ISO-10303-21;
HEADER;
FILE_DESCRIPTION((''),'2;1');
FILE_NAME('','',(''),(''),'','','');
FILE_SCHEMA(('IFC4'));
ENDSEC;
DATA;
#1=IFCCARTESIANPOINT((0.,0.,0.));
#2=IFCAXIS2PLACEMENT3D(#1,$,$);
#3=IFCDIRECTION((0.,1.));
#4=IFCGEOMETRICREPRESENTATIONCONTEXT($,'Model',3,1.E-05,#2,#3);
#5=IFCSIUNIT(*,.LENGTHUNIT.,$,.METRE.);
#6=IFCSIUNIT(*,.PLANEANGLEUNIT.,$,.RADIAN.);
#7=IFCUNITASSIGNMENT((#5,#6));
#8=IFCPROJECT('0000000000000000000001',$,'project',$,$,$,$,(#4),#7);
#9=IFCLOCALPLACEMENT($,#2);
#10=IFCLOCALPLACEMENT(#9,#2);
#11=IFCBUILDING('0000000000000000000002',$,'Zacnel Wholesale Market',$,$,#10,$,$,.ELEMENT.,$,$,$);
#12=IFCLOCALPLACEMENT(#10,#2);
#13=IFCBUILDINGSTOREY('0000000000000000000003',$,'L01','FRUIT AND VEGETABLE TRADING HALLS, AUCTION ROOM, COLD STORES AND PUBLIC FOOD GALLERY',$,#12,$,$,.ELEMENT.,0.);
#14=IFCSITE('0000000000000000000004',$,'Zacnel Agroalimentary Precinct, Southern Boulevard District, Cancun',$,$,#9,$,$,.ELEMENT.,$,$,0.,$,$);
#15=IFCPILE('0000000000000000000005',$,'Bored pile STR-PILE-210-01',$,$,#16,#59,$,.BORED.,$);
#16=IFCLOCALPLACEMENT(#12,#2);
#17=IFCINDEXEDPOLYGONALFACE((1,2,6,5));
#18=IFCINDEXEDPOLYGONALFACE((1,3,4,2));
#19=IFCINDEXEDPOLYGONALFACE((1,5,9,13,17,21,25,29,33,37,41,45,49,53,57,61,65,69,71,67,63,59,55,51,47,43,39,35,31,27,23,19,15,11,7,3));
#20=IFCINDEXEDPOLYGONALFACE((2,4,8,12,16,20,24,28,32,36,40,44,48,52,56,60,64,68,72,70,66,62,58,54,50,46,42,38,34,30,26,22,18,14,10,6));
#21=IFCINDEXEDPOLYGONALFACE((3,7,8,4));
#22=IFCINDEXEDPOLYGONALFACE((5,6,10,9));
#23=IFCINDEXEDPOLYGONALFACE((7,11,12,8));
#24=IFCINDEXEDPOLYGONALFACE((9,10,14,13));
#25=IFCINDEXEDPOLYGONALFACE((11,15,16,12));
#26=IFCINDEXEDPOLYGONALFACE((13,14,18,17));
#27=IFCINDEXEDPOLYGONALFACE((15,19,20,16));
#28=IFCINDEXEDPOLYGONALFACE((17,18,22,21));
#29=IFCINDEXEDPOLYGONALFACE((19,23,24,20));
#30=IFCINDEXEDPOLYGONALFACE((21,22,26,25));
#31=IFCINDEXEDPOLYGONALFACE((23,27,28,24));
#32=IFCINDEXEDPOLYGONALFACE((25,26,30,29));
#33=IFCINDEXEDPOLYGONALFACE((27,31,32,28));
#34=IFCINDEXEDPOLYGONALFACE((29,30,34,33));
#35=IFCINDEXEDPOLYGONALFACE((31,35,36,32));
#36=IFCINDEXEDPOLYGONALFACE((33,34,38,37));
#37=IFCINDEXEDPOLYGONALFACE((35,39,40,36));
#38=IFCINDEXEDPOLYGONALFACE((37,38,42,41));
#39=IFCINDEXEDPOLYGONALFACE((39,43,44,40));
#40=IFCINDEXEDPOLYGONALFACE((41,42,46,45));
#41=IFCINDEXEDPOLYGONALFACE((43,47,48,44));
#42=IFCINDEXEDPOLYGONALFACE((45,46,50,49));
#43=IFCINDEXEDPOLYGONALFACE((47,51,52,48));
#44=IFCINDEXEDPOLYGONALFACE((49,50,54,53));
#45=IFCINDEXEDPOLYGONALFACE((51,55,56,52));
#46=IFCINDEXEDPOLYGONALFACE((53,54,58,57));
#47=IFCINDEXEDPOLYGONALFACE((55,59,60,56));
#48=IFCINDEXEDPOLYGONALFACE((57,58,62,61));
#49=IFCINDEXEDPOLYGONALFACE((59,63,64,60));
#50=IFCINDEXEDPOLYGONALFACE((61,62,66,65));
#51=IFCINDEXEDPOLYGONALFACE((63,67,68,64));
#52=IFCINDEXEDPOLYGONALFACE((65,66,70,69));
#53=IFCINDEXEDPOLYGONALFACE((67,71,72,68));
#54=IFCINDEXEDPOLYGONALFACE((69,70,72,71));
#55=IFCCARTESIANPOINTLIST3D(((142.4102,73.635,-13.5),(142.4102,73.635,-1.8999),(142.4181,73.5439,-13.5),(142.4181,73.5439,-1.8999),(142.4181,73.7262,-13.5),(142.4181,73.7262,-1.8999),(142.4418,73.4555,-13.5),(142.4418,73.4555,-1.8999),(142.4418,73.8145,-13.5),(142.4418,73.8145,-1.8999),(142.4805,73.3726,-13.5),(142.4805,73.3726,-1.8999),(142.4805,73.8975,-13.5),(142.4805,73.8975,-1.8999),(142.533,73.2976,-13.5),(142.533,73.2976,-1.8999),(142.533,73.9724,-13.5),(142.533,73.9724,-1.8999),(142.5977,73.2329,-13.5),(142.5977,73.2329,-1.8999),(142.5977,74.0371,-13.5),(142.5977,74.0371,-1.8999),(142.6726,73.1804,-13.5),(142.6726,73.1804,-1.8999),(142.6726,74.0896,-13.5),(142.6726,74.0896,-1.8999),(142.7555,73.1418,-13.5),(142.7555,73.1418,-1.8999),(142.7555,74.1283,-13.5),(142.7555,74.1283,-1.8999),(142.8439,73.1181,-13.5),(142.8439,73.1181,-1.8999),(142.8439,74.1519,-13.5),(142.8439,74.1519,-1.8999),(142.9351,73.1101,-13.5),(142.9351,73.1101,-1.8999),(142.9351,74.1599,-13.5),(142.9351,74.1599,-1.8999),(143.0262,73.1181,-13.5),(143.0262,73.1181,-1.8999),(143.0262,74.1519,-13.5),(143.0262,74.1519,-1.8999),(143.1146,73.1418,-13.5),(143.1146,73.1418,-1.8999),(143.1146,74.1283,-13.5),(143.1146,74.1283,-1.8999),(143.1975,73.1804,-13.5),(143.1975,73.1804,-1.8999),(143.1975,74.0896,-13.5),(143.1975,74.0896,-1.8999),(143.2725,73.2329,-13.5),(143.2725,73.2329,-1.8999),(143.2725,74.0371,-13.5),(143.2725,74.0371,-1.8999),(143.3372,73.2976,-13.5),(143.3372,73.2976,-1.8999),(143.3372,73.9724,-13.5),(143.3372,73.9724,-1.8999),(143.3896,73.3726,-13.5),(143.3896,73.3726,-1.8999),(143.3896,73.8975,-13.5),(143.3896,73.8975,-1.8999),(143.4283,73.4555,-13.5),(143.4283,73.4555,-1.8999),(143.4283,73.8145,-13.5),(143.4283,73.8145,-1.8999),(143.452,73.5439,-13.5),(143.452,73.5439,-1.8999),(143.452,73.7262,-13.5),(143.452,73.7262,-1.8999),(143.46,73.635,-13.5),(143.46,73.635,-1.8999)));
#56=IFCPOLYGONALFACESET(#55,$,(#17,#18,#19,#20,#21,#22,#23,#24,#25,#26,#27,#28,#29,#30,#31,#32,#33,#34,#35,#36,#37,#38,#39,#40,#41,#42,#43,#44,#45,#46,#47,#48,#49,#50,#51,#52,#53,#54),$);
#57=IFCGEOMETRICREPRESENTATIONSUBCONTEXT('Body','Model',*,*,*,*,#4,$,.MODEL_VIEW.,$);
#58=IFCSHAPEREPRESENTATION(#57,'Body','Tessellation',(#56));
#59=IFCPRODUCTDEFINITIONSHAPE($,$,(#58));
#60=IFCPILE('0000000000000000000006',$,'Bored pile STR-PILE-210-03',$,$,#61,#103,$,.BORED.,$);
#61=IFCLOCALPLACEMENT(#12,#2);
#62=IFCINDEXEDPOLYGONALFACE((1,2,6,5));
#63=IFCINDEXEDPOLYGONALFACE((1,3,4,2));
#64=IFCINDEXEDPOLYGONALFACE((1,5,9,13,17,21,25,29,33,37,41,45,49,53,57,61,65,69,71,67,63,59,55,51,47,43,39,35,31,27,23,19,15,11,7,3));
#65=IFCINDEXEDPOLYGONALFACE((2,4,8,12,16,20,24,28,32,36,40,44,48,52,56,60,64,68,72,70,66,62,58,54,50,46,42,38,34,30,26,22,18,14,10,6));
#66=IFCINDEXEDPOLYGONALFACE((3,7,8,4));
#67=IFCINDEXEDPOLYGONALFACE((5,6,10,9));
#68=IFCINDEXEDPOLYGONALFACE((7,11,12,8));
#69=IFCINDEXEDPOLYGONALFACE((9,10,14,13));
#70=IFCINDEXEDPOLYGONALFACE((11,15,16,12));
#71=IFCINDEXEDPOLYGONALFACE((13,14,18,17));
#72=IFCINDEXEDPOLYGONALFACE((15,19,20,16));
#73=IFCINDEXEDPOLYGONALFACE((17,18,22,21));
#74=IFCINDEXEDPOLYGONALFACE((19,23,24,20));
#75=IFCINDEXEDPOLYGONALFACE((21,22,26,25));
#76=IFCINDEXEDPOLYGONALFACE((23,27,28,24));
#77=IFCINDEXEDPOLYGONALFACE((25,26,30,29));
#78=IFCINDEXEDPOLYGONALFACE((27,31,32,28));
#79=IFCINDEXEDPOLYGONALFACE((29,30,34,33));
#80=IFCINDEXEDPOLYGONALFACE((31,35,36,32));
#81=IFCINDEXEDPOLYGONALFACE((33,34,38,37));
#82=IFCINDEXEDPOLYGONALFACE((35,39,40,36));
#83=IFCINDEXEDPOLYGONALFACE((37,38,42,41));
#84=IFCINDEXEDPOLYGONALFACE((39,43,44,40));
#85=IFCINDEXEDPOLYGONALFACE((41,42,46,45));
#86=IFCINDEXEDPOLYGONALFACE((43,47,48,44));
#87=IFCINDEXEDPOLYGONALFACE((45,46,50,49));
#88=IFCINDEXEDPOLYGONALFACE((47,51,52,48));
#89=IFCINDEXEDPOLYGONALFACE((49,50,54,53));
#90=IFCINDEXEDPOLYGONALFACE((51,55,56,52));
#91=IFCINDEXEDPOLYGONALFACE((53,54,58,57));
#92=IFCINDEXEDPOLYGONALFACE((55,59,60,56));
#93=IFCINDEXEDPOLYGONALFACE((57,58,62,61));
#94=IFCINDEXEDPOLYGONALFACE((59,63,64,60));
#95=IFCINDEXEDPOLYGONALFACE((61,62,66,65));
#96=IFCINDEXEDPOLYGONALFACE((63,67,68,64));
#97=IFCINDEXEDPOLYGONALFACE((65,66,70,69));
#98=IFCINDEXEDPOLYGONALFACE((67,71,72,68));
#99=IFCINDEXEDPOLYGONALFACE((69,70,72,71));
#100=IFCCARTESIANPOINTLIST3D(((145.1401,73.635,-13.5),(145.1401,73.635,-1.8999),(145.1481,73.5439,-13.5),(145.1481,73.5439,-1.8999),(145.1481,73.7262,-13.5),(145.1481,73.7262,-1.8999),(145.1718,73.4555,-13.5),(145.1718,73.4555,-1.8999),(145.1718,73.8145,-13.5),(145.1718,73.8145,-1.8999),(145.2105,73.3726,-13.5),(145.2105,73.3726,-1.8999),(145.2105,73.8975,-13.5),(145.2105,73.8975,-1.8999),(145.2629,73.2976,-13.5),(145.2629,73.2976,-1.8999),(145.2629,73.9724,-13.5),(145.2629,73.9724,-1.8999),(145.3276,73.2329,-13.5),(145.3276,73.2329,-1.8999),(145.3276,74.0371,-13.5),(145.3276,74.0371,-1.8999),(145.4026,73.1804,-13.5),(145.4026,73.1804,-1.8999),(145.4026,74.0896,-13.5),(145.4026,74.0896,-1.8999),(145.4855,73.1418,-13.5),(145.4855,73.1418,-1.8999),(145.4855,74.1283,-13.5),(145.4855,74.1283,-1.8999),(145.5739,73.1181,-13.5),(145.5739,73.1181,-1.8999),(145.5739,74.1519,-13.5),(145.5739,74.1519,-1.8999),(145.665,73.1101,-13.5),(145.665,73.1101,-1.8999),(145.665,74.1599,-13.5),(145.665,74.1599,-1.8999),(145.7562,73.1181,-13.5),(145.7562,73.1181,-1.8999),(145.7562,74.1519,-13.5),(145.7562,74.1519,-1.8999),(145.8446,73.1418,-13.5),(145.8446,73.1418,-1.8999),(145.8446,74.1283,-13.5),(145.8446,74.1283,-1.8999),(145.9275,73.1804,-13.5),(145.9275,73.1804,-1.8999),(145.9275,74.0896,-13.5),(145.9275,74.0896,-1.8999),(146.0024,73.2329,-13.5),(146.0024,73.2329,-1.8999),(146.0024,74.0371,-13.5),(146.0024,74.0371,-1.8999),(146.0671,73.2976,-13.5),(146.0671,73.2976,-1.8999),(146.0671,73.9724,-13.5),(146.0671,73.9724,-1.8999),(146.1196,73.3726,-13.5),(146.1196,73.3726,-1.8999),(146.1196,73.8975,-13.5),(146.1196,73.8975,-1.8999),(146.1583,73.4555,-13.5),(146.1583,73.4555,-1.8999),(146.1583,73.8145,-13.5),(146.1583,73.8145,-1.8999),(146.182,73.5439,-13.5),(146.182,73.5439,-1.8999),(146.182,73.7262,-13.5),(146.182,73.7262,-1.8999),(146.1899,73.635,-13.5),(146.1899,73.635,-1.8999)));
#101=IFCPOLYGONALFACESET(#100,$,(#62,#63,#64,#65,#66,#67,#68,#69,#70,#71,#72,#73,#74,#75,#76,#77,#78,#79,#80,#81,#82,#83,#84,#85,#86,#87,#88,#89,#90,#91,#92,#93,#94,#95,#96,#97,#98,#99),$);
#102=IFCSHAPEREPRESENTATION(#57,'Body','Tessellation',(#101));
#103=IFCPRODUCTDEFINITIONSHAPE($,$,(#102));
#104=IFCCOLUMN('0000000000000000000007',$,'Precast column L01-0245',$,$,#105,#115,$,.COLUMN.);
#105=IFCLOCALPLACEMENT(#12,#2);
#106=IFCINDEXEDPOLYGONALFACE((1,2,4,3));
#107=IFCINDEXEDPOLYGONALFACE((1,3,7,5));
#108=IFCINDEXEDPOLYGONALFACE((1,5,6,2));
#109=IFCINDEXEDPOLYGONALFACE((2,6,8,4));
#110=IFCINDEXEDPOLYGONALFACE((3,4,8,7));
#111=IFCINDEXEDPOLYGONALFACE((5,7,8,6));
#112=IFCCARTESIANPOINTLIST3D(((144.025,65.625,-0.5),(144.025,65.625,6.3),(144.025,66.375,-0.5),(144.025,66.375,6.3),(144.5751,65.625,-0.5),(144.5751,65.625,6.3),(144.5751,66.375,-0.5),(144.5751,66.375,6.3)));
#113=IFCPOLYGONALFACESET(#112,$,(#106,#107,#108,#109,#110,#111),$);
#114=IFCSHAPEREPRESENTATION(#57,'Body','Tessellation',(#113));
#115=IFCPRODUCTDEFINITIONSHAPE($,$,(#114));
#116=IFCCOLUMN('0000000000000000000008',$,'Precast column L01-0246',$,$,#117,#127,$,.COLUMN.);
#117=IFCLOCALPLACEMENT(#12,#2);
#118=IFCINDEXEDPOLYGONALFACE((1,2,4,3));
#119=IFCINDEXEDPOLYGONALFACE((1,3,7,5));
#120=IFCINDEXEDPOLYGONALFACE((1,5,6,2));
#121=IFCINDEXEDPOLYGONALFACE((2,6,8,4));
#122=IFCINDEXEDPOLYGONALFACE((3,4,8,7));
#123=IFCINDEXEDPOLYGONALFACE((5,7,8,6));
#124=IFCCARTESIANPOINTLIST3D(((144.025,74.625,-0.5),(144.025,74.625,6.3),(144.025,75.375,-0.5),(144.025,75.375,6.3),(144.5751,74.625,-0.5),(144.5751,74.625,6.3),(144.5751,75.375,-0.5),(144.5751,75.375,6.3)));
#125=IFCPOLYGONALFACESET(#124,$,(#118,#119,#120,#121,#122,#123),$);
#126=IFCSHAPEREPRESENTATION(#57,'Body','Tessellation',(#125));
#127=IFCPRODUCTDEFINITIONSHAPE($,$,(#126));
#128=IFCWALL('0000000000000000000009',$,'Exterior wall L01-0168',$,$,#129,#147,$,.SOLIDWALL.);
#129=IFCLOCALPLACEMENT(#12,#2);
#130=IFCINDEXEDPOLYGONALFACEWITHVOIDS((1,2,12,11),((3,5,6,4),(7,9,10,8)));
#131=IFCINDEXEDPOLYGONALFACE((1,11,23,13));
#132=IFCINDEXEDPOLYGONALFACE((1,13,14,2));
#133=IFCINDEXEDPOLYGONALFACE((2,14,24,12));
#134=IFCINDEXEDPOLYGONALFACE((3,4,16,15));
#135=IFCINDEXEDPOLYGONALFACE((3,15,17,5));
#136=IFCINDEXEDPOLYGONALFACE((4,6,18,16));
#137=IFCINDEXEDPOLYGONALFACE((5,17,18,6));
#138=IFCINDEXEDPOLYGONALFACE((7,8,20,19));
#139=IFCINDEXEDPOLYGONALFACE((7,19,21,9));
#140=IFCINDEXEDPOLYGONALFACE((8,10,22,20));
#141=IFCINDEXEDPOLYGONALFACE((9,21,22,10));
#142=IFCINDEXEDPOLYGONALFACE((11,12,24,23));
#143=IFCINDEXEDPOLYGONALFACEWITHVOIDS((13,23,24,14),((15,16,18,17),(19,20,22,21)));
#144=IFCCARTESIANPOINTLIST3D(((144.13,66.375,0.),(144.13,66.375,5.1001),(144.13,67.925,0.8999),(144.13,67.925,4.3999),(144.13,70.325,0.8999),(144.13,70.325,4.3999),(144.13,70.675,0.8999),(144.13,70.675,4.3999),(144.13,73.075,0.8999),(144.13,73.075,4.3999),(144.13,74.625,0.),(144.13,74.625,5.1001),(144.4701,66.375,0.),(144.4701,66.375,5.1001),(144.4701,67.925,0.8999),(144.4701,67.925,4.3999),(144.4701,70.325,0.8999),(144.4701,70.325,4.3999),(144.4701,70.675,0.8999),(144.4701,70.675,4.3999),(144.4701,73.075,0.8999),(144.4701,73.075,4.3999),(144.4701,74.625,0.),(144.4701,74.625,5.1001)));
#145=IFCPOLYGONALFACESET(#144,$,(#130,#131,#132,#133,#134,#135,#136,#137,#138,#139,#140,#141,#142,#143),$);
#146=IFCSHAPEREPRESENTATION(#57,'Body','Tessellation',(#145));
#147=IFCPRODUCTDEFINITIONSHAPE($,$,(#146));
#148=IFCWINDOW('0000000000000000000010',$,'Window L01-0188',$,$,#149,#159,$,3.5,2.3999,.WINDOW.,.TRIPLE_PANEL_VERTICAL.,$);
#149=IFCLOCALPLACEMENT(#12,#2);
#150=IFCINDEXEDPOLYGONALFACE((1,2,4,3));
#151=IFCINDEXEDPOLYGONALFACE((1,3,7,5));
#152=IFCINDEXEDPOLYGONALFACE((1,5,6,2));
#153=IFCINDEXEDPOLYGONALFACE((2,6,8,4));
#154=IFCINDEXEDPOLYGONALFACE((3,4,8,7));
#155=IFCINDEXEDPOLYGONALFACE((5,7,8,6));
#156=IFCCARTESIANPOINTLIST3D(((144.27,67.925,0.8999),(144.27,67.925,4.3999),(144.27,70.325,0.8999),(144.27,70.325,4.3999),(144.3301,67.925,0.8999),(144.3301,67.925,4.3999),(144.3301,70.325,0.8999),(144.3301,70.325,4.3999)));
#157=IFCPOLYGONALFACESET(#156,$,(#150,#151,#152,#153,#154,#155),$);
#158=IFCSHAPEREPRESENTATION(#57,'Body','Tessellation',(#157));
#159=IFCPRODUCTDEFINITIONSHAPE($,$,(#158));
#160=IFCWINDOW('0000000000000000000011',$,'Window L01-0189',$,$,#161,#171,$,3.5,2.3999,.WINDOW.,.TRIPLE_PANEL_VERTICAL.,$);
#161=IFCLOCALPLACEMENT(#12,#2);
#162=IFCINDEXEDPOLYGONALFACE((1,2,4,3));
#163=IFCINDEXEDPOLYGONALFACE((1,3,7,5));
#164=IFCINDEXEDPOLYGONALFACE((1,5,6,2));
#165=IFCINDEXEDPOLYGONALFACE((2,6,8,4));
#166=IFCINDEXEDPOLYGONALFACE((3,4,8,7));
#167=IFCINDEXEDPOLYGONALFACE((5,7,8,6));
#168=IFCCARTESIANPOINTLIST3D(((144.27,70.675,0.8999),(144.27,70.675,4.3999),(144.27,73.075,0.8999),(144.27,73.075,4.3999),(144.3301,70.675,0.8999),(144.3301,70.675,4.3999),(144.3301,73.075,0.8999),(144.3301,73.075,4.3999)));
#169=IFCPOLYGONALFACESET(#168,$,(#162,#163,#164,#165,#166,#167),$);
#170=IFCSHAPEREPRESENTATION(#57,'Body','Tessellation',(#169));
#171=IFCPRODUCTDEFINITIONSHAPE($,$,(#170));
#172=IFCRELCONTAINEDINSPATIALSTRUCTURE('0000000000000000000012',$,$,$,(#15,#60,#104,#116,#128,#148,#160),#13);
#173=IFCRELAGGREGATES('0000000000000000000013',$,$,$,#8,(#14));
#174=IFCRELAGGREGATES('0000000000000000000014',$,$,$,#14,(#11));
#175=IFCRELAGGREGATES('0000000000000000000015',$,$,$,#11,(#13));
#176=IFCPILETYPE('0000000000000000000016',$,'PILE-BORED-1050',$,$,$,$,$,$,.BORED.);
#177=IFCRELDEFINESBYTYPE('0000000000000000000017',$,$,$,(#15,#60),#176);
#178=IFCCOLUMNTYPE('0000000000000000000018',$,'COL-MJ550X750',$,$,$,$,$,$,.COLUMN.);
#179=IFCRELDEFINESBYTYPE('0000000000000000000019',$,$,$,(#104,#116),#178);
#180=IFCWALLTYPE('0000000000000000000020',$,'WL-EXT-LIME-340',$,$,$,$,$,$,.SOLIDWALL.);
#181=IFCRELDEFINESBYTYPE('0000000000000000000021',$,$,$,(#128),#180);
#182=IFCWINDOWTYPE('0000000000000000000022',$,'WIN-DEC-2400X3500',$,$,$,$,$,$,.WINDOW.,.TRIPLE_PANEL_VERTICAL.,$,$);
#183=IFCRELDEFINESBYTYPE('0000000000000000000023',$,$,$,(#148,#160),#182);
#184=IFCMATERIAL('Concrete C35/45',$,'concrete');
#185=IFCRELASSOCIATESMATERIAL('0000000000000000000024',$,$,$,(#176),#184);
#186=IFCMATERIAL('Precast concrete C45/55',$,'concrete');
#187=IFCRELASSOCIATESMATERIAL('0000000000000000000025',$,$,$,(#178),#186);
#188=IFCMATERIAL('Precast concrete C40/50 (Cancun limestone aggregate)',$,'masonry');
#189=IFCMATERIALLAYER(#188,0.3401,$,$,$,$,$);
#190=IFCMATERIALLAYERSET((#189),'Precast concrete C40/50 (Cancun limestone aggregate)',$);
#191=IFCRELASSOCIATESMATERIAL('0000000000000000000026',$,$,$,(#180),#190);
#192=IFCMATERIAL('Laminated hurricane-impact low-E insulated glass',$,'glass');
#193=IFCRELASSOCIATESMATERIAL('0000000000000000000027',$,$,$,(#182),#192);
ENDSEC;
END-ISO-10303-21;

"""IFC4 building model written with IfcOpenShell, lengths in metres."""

from ifc_helpers import new_model, si_unit, direction, frame, frame_2d, origin, origin_2d, place, context, subcontext, project, spatial, rectangle, circle, extrude, material, layer, layer_set, material_profile, profile_set, type_object, element, fill, save


model = new_model("IFC4")

# Units and contexts
model_context = context("Model", 3, precision=1e-05, world=origin(), true_north=direction((0.0, 1.0)))
body_context = subcontext(model_context, "Body", "Model", "MODEL_VIEW")
ifc_project = project(units=[si_unit("LENGTHUNIT", "METRE"), si_unit("PLANEANGLEUNIT", "RADIAN")], contexts=[model_context])

# Site, building, storey
site_placement = place(None, origin())
site = spatial("IfcSite", under=ifc_project, at=site_placement, Name="Zacnel Agroalimentary Precinct, Southern Boulevard District, Cancun", CompositionType="ELEMENT", RefElevation=0.0)
building_placement = place(site_placement, origin())
building = spatial("IfcBuilding", under=site, at=building_placement, Name="Zacnel Wholesale Market", CompositionType="ELEMENT")
storey_placement = place(building_placement, origin())
storey = spatial("IfcBuildingStorey", under=building, at=storey_placement, Name="L01", Description="FRUIT AND VEGETABLE TRADING HALLS, AUCTION ROOM, COLD STORES AND PUBLIC FOOD GALLERY", CompositionType="ELEMENT", Elevation=0.0)

# Piles
ifc_material_1 = material(Name="Concrete C35/45", Category="concrete")
ifc_material_profile_1 = material_profile(ifc_material_1, circle(Radius=0.5249, at=origin_2d()), Name="BORED PILE D1050")
ifc_profile_set_1 = profile_set([ifc_material_profile_1], Name="Concrete C35/45")
pile_type = type_object("IfcPileType", Name="PILE-BORED-1050", PredefinedType="BORED", material=ifc_profile_set_1)
for number, where, z_axis, x_axis, name in (
    (1, (142.9351, 73.635, -1.8999), (0.0, 0.0, -1.0), (1.0, 0.0, 0.0), "Bored pile STR-PILE-210-01"),
    (2, (145.665, 73.635, -1.8999), (0.0, 0.0, -1.0), (1.0, 0.0, 0.0), "Bored pile STR-PILE-210-03"),
):
    element("IfcPile", number, at=place(storey_placement, frame(where, z_axis=z_axis, x_axis=x_axis)), inside=storey, type_object=pile_type, Name=name, PredefinedType="BORED", context=body_context, shape_type="SweptSolid", body=[
        extrude(circle(Radius=0.5249, at=origin_2d()), origin(), (0.0, 0.0, 1.0), 11.6001),
    ])

# Columns
ifc_material_2 = material(Name="Precast concrete C45/55", Category="concrete")
ifc_material_profile_2 = material_profile(ifc_material_2, rectangle(XDim=0.55, YDim=0.75, at=origin_2d()), Name="PC 550x750")
ifc_profile_set_2 = profile_set([ifc_material_profile_2], Name="Precast concrete C45/55")
column_type = type_object("IfcColumnType", Name="COL-MJ550X750", PredefinedType="COLUMN", material=ifc_profile_set_2)
for number, where, z_axis, x_axis, name in (
    (3, (144.3, 66.0, -0.5), (0.0, 0.0, 1.0), (1.0, 0.0, 0.0), "Precast column L01-0245"),
    (4, (144.3, 75.0, -0.5), (0.0, 0.0, 1.0), (1.0, 0.0, 0.0), "Precast column L01-0246"),
):
    element("IfcColumn", number, at=place(storey_placement, frame(where, z_axis=z_axis, x_axis=x_axis)), inside=storey, type_object=column_type, Name=name, PredefinedType="COLUMN", context=body_context, shape_type="SweptSolid", body=[
        extrude(rectangle(XDim=0.55, YDim=0.75, at=origin_2d()), origin(), (0.0, 0.0, 1.0), 6.8),
    ])

# Wall, openings, windows
ifc_material_3 = material(Name="Precast concrete C40/50 (Cancun limestone aggregate)", Category="masonry")
ifc_layer_1 = layer(ifc_material_3, 0.3401)
ifc_layer_set_1 = layer_set([ifc_layer_1], Name="Precast concrete C40/50 (Cancun limestone aggregate)")
wall_type = type_object("IfcWallType", Name="WL-EXT-LIME-340", PredefinedType="SOLIDWALL", material=ifc_layer_set_1)
wall_1_placement = place(storey_placement, frame((144.3, 66.375, 0.0), z_axis=(0.0, 0.0, 1.0), x_axis=(0.0, 1.0, 0.0)))
wall_1 = element("IfcWall", 5, at=wall_1_placement, inside=storey, type_object=wall_type, Name="Exterior wall L01-0168", PredefinedType="SOLIDWALL", context=body_context, shape_type="SweptSolid", body=[
    extrude(rectangle(XDim=8.25, YDim=0.3401, at=frame_2d((4.125, 0.0))), origin(), (0.0, 0.0, 1.0), 5.1001),
])
opening_1_placement = place(wall_1_placement, frame((1.55, 0.0, 0.8999)))
opening_1 = element("IfcOpeningElement", 6, at=opening_1_placement, cuts=wall_1, PredefinedType="OPENING", context=body_context, shape_type="SweptSolid", body=[
    extrude(rectangle(XDim=2.3999, YDim=3.5, at=frame_2d((1.2, 1.75))), frame((0.0, 0.1799, 0.0), z_axis=(0.0, -1.0, 0.0), x_axis=(1.0, 0.0, 0.0)), (0.0, 0.0, 1.0), 0.3601),
])
opening_2_placement = place(wall_1_placement, frame((4.3, 0.0, 0.8999)))
opening_2 = element("IfcOpeningElement", 7, at=opening_2_placement, cuts=wall_1, PredefinedType="OPENING", context=body_context, shape_type="SweptSolid", body=[
    extrude(rectangle(XDim=2.3999, YDim=3.5, at=frame_2d((1.2, 1.75))), frame((0.0, 0.1799, 0.0), z_axis=(0.0, -1.0, 0.0), x_axis=(1.0, 0.0, 0.0)), (0.0, 0.0, 1.0), 0.3601),
])
ifc_material_4 = material(Name="Laminated hurricane-impact low-E insulated glass", Category="glass")
window_type = type_object("IfcWindowType", Name="WIN-DEC-2400X3500", PartitioningType="TRIPLE_PANEL_VERTICAL", PredefinedType="WINDOW", material=ifc_material_4)
window_1_placement = place(opening_1_placement, origin())
window_1 = element("IfcWindow", 8, at=window_1_placement, inside=storey, type_object=window_type, Name="Window L01-0188", OverallHeight=3.5, OverallWidth=2.3999, PartitioningType="TRIPLE_PANEL_VERTICAL", PredefinedType="WINDOW", context=body_context, shape_type="SweptSolid", body=[
    extrude(rectangle(XDim=2.3999, YDim=3.5, at=frame_2d((1.2, 1.75))), frame((0.0, 0.03, 0.0), z_axis=(0.0, -1.0, 0.0), x_axis=(1.0, 0.0, 0.0)), (0.0, 0.0, 1.0), 0.0601),
])
fill(opening_1, window_1)
window_2_placement = place(opening_2_placement, origin())
window_2 = element("IfcWindow", 9, at=window_2_placement, inside=storey, type_object=window_type, Name="Window L01-0189", OverallHeight=3.5, OverallWidth=2.3999, PartitioningType="TRIPLE_PANEL_VERTICAL", PredefinedType="WINDOW", context=body_context, shape_type="SweptSolid", body=[
    extrude(rectangle(XDim=2.3999, YDim=3.5, at=frame_2d((1.2, 1.75))), frame((0.0, 0.03, 0.0), z_axis=(0.0, -1.0, 0.0), x_axis=(1.0, 0.0, 0.0)), (0.0, 0.0, 1.0), 0.0601),
])
fill(opening_2, window_2)

save(model, "model.ifc")
